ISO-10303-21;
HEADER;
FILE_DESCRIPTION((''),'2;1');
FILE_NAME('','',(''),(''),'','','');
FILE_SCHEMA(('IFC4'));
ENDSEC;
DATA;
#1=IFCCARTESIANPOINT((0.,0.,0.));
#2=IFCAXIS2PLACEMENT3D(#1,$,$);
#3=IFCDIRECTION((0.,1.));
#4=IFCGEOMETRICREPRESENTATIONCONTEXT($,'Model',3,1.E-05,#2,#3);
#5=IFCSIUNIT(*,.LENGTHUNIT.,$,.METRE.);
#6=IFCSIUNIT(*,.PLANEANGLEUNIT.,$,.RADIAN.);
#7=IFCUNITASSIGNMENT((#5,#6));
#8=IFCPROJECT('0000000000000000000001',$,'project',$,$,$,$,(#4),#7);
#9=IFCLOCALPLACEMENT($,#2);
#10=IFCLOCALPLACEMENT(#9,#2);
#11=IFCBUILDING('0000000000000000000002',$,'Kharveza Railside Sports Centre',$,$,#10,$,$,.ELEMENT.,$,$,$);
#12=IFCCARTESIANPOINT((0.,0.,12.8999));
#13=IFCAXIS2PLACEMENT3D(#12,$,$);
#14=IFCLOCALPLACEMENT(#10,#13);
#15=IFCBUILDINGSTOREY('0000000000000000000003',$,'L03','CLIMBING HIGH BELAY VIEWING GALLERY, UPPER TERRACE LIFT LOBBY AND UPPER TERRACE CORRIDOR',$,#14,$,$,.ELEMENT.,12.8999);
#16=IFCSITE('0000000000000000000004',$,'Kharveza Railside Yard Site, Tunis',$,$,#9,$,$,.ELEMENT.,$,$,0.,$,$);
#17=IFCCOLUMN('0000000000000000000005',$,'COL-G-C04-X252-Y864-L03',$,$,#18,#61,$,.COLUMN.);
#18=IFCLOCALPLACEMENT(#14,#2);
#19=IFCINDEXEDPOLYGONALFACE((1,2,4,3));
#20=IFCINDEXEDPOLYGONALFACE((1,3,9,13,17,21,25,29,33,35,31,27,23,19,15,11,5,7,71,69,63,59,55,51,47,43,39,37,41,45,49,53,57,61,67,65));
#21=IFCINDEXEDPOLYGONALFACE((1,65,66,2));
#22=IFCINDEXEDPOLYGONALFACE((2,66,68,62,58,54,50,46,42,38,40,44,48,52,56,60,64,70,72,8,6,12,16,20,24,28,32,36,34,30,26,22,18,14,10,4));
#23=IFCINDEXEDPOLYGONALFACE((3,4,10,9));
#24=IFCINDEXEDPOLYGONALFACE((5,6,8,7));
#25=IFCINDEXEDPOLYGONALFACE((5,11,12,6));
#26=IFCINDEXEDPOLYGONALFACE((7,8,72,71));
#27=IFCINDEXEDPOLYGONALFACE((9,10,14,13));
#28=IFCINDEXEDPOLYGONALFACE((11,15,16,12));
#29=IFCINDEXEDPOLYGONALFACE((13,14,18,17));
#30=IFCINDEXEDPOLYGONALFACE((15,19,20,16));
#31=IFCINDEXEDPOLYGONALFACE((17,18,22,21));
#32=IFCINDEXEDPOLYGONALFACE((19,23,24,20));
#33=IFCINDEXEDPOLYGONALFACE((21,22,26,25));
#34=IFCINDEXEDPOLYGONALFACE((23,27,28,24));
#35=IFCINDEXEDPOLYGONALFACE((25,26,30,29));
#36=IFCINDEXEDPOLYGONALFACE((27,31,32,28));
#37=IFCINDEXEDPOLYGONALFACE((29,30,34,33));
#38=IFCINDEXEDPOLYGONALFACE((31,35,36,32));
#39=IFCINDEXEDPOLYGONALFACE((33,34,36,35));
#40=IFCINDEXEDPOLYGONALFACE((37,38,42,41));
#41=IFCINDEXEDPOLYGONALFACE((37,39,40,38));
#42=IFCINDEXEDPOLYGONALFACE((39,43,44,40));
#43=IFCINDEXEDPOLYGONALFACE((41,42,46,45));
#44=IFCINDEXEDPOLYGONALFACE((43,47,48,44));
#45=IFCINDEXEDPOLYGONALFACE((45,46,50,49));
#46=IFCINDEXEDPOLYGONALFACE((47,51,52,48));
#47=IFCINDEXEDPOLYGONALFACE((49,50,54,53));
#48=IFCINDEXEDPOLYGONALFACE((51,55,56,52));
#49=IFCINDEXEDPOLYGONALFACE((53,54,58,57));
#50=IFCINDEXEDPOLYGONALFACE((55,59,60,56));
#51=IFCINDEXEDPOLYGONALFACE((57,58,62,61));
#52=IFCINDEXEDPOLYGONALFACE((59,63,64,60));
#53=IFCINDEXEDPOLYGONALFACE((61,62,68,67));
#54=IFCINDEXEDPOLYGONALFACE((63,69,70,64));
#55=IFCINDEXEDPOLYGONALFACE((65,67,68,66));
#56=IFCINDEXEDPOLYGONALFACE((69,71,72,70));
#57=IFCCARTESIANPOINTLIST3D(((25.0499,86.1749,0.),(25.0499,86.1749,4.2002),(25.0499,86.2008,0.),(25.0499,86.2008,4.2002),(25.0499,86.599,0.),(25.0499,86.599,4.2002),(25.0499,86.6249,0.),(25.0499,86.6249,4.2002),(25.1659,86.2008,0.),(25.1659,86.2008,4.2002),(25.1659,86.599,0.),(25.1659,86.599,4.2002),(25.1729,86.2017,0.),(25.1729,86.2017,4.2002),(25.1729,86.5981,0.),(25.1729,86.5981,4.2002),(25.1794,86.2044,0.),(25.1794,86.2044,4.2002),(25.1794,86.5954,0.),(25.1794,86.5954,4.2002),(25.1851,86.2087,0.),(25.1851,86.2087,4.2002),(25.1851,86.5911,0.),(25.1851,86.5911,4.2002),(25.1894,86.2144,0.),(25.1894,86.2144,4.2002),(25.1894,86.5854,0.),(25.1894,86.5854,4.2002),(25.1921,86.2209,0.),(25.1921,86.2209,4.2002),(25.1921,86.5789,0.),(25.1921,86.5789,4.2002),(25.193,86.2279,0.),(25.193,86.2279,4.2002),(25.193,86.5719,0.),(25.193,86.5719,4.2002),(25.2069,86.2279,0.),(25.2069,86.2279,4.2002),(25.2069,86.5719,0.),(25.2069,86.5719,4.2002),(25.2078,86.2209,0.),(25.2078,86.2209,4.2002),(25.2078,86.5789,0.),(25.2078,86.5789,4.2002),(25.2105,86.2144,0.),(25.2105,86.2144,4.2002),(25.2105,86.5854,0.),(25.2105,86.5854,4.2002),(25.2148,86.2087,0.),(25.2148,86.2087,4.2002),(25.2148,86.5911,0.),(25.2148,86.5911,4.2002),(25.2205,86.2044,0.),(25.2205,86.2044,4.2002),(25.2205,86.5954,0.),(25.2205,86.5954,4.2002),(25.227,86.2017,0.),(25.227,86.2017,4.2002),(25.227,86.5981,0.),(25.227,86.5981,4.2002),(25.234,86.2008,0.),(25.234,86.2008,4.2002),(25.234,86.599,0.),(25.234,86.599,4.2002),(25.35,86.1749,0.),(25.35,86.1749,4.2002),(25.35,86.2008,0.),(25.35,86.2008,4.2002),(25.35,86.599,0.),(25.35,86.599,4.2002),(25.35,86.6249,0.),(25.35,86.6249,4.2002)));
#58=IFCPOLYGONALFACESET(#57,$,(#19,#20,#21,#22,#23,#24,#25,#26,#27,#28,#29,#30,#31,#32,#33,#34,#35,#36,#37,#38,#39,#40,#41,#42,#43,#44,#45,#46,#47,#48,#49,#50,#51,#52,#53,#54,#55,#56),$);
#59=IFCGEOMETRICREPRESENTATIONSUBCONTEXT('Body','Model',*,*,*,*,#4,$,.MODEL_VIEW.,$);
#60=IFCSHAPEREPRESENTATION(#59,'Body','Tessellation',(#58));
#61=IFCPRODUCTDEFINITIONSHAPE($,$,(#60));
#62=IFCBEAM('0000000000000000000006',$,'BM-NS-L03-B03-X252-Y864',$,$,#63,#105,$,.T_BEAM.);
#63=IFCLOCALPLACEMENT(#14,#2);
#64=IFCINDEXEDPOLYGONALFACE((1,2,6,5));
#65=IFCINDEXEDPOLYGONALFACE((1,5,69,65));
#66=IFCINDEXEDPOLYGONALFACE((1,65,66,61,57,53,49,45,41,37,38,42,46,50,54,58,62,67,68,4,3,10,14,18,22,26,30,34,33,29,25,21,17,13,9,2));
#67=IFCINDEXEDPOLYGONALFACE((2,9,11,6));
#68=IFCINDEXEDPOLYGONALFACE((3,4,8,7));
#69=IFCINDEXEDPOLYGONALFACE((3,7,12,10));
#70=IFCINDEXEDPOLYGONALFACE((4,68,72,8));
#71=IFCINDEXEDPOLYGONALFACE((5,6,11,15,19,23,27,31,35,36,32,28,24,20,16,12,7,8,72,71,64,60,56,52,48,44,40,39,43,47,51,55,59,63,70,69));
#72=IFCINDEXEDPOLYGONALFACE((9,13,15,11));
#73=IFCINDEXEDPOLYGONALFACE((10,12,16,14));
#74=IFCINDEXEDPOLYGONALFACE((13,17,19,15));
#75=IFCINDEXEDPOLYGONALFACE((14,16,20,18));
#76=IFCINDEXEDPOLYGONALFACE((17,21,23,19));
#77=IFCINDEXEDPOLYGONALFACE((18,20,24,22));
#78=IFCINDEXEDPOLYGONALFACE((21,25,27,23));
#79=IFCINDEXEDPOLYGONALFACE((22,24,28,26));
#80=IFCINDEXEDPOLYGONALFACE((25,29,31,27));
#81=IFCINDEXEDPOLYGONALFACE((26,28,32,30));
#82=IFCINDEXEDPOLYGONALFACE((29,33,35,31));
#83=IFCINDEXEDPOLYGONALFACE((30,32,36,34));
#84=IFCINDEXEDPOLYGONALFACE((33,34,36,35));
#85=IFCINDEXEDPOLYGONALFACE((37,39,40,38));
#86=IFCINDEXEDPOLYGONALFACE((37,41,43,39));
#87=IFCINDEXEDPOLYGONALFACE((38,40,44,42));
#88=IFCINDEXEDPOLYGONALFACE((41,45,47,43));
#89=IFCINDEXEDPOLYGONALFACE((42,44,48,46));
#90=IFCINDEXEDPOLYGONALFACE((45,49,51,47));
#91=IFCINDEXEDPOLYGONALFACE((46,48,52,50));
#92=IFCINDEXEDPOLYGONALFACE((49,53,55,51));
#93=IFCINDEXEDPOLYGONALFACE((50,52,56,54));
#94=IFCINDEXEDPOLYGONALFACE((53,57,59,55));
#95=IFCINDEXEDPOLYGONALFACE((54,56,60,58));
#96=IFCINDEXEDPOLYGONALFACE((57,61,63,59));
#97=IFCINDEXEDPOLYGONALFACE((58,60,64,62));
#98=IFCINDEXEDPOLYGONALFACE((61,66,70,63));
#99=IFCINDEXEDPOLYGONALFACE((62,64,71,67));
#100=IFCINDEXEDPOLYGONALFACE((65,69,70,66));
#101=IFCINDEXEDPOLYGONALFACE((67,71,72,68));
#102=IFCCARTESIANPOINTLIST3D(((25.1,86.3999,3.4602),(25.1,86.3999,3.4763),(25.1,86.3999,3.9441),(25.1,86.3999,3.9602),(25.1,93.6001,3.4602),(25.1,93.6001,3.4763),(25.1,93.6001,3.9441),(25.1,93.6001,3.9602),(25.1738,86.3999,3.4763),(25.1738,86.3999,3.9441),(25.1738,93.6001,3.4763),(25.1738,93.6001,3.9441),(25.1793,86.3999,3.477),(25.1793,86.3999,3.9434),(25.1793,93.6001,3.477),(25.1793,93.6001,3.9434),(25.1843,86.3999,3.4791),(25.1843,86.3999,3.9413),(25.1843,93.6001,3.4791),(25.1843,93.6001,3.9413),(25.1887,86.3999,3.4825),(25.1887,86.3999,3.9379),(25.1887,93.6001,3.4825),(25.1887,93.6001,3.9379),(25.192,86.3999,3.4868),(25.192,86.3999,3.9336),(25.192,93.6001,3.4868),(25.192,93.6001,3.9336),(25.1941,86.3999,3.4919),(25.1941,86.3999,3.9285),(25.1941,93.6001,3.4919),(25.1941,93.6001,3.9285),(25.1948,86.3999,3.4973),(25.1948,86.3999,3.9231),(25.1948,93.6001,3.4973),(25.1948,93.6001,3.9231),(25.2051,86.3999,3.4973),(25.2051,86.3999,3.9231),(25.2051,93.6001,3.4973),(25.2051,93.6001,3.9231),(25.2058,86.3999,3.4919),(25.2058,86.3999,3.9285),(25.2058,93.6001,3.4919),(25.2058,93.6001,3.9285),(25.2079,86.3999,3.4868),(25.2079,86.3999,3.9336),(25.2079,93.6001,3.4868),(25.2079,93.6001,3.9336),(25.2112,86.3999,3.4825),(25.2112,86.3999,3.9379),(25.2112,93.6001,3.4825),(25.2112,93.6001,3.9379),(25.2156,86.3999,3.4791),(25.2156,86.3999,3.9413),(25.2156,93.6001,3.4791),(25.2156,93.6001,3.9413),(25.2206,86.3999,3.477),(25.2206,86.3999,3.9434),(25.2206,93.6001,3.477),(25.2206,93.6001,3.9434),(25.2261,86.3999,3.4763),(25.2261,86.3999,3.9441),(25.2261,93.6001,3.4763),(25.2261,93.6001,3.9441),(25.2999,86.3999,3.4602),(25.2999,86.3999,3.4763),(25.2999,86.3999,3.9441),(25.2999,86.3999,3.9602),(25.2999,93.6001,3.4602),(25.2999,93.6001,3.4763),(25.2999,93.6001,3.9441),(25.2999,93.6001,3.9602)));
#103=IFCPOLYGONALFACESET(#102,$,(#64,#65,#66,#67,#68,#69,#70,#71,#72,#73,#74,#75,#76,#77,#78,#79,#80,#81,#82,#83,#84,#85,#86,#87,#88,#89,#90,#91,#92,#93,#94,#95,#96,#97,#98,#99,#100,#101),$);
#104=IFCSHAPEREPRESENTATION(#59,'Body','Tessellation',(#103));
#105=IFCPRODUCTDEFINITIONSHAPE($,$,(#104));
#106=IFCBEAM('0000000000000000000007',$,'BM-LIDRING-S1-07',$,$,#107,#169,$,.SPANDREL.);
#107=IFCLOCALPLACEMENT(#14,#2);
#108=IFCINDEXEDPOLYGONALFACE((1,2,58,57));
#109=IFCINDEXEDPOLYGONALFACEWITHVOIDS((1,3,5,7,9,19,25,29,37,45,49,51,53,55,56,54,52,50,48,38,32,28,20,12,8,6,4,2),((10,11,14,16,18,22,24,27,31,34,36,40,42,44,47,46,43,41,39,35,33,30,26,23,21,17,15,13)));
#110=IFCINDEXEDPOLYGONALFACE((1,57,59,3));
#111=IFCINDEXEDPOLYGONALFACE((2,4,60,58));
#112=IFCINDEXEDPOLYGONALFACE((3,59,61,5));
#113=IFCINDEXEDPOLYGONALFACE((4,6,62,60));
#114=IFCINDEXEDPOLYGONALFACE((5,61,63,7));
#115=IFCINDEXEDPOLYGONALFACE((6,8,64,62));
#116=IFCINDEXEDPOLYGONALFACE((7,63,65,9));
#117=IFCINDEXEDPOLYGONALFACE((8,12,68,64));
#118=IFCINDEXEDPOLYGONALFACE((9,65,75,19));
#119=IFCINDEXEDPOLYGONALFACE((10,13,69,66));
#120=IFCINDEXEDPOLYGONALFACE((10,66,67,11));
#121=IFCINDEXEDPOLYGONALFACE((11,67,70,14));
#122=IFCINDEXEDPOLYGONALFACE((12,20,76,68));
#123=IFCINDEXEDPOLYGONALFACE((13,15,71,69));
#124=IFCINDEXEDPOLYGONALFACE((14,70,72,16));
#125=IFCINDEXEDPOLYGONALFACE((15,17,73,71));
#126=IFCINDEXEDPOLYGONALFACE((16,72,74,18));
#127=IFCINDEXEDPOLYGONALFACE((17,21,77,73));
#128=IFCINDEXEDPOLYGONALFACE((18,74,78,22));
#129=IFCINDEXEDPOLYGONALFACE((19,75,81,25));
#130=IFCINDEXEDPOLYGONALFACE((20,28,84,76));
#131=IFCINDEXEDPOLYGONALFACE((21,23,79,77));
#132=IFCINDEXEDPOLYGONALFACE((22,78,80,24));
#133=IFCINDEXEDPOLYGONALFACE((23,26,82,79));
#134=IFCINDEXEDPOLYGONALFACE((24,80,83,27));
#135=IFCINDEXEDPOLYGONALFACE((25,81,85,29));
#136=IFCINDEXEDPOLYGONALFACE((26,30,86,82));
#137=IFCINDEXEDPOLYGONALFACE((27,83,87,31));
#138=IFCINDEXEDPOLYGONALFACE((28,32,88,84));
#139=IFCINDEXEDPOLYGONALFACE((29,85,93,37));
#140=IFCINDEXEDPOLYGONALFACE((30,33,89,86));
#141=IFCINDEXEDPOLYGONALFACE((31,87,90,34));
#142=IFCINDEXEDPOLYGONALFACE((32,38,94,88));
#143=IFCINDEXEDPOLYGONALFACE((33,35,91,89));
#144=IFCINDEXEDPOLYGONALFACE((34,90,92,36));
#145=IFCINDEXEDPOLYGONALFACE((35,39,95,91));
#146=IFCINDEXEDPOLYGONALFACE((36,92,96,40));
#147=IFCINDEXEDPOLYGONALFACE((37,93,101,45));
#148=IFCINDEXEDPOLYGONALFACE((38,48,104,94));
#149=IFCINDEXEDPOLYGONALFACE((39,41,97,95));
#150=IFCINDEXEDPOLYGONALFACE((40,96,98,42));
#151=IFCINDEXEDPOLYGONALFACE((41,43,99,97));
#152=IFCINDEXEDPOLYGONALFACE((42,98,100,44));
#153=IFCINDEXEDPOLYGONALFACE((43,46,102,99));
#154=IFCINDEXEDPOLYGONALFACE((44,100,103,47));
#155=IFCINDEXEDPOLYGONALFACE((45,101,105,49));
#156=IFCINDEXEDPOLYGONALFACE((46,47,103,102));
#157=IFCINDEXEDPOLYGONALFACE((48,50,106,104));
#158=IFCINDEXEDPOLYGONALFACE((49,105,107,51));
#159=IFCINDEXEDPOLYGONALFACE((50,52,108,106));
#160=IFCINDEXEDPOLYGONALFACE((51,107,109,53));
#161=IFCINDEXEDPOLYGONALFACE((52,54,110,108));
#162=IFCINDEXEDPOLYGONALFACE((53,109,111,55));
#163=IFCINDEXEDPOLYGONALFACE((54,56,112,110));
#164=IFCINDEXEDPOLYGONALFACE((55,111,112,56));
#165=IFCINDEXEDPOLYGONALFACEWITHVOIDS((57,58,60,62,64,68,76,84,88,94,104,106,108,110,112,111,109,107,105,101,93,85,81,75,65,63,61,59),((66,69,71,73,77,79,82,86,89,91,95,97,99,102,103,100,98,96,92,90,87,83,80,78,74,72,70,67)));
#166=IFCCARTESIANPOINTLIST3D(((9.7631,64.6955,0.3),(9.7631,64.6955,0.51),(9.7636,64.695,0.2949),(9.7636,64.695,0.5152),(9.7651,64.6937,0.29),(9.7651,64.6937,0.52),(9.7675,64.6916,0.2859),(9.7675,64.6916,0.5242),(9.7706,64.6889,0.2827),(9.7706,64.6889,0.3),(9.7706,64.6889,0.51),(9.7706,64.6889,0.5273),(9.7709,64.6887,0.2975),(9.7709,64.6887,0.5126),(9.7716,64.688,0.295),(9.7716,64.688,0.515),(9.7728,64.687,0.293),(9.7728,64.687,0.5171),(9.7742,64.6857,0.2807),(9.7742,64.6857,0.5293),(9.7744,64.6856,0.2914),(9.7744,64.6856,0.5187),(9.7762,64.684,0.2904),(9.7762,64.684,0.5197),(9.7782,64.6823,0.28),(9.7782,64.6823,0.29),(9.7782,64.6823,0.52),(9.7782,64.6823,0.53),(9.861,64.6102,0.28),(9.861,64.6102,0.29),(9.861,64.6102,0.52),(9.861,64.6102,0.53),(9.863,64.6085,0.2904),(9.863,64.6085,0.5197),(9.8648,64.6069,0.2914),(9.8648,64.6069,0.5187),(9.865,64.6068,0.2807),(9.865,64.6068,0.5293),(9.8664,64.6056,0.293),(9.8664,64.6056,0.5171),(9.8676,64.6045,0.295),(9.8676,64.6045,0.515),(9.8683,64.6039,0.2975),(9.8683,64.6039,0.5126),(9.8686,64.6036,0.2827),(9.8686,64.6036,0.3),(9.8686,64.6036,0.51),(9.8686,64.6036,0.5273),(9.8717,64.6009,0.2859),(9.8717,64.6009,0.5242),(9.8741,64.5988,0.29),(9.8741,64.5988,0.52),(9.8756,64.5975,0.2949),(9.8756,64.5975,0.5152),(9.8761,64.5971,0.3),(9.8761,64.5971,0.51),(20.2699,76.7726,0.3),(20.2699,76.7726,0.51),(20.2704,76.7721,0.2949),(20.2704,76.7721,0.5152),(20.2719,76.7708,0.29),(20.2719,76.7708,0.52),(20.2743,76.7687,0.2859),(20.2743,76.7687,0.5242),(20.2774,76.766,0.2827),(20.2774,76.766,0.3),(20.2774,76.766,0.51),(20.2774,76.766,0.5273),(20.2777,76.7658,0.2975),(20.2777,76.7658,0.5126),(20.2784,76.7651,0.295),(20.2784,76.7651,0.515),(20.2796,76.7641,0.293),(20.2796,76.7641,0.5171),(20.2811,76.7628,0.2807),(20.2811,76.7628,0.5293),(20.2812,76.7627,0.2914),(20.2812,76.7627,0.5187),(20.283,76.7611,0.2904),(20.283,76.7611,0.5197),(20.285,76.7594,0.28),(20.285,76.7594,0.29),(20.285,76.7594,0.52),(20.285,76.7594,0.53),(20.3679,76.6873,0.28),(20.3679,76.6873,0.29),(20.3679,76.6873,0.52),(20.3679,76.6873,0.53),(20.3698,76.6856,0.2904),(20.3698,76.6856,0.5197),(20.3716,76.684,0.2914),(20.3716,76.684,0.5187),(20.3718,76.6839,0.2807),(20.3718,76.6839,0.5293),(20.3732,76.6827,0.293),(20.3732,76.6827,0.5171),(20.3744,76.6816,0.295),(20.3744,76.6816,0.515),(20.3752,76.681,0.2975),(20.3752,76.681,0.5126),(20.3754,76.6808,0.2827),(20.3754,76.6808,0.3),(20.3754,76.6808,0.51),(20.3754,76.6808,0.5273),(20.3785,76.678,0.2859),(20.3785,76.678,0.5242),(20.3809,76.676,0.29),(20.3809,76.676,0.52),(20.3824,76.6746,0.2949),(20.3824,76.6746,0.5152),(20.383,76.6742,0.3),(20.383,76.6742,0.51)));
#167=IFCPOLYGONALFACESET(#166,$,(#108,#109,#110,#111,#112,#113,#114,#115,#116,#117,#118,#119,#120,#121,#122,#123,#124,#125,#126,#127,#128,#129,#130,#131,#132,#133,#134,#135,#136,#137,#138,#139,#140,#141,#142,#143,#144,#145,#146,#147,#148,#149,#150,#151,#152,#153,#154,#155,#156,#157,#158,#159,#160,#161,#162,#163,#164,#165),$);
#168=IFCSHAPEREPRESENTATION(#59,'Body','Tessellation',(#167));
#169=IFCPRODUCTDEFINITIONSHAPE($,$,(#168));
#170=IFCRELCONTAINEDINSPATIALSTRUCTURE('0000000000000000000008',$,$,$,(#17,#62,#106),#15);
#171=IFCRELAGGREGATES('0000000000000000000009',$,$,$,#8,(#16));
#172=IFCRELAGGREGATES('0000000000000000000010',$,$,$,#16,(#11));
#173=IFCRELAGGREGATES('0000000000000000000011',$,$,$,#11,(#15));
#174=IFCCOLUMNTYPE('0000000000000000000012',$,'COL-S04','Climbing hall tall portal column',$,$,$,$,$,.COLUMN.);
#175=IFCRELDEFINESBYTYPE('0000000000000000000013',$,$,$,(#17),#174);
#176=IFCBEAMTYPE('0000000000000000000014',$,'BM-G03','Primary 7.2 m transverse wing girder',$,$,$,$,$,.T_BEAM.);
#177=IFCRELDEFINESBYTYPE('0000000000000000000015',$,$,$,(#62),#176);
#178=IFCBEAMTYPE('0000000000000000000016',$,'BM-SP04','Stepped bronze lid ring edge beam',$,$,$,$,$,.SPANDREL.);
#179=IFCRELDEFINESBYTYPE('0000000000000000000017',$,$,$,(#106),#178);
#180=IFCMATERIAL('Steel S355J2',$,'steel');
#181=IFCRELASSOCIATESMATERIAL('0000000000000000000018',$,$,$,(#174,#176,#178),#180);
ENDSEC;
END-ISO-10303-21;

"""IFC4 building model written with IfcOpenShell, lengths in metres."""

from ifc_helpers import new_model, si_unit, direction, frame, origin, origin_2d, place, context, subcontext, project, spatial, hollow_rectangle, i_section, extrude, material, material_profile, profile_set, type_object, element, save


model = new_model("IFC4")

# Units and contexts
model_context = context("Model", 3, precision=1e-05, world=origin(), true_north=direction((0.0, 1.0)))
body_context = subcontext(model_context, "Body", "Model", "MODEL_VIEW")
ifc_project = project(units=[si_unit("LENGTHUNIT", "METRE"), si_unit("PLANEANGLEUNIT", "RADIAN")], contexts=[model_context])

# Site, building, storey
site_placement = place(None, origin())
site = spatial("IfcSite", under=ifc_project, at=site_placement, Name="Kharveza Railside Yard Site, Tunis", CompositionType="ELEMENT", RefElevation=0.0)
building_placement = place(site_placement, origin())
building = spatial("IfcBuilding", under=site, at=building_placement, Name="Kharveza Railside Sports Centre", CompositionType="ELEMENT")
storey_placement = place(building_placement, frame((0.0, 0.0, 12.8999)))
storey = spatial("IfcBuildingStorey", under=building, at=storey_placement, Name="L03", Description="CLIMBING HIGH BELAY VIEWING GALLERY, UPPER TERRACE LIFT LOBBY AND UPPER TERRACE CORRIDOR", CompositionType="ELEMENT", Elevation=12.8999)

# Column
ifc_material_1 = material(Name="Steel S355J2", Category="steel")
ifc_material_profile_1 = material_profile(ifc_material_1, i_section(OverallWidth=0.3, OverallDepth=0.45, WebThickness=0.0139, FlangeThickness=0.0259, FilletRadius=0.0271, at=origin_2d()), Name="HEB 450")
ifc_profile_set_1 = profile_set([ifc_material_profile_1], Name="Steel S355J2")
column_type = type_object("IfcColumnType", Name="COL-S04", Description="Climbing hall tall portal column", PredefinedType="COLUMN", material=ifc_profile_set_1)
column_placement = place(storey_placement, frame((25.2, 86.3999, 0.0), z_axis=(0.0, 0.0, 1.0), x_axis=(1.0, 0.0, 0.0)))
element("IfcColumn", 1, at=column_placement, inside=storey, type_object=column_type, Name="COL-G-C04-X252-Y864-L03", PredefinedType="COLUMN", context=body_context, shape_type="SweptSolid", body=[
    extrude(i_section(OverallWidth=0.3, OverallDepth=0.45, WebThickness=0.0139, FlangeThickness=0.0259, FilletRadius=0.0271, at=origin_2d()), origin(), (0.0, 0.0, 1.0), 4.2002),
])

# Beams
ifc_material_profile_2 = material_profile(ifc_material_1, i_section(OverallWidth=0.2, OverallDepth=0.5, WebThickness=0.0103, FlangeThickness=0.0161, FilletRadius=0.021, at=origin_2d()), Name="IPE 500")
ifc_profile_set_2 = profile_set([ifc_material_profile_2], Name="Steel S355J2")
beam_type_1 = type_object("IfcBeamType", Name="BM-G03", Description="Primary 7.2 m transverse wing girder", PredefinedType="T_BEAM", material=ifc_profile_set_2)
beam_1_placement = place(storey_placement, frame((25.2, 86.3999, 3.7102), z_axis=(0.0, 1.0, 0.0), x_axis=(-1.0, 0.0, 0.0)))
element("IfcBeam", 2, at=beam_1_placement, inside=storey, type_object=beam_type_1, Name="BM-NS-L03-B03-X252-Y864", PredefinedType="T_BEAM", context=body_context, shape_type="SweptSolid", body=[
    extrude(i_section(OverallWidth=0.2, OverallDepth=0.5, WebThickness=0.0103, FlangeThickness=0.0161, FilletRadius=0.021, at=origin_2d()), origin(), (0.0, 0.0, 1.0), 7.2002),
])
ifc_material_profile_3 = material_profile(ifc_material_1, hollow_rectangle(XDim=0.1499, YDim=0.25, WallThickness=0.01, InnerFilletRadius=0.01, OuterFilletRadius=0.02, at=origin_2d()), Name="RHS 150x250x10.0")
ifc_profile_set_3 = profile_set([ifc_material_profile_3], Name="Steel S355J2")
beam_type_2 = type_object("IfcBeamType", Name="BM-SP04", Description="Stepped bronze lid ring edge beam", PredefinedType="SPANDREL", material=ifc_profile_set_3)
beam_2_placement = place(storey_placement, frame((20.3264, 76.7234, 0.405), z_axis=(-0.656355, -0.754452, 0.0), x_axis=(0.754452, -0.656355, 0.0)))
element("IfcBeam", 3, at=beam_2_placement, inside=storey, type_object=beam_type_2, Name="BM-LIDRING-S1-07", PredefinedType="SPANDREL", context=body_context, shape_type="SweptSolid", body=[
    extrude(hollow_rectangle(XDim=0.1499, YDim=0.25, WallThickness=0.01, InnerFilletRadius=0.01, OuterFilletRadius=0.02, at=origin_2d()), origin(), (0.0, 0.0, 1.0), 16.0078),
])

save(model, "model.ifc")
